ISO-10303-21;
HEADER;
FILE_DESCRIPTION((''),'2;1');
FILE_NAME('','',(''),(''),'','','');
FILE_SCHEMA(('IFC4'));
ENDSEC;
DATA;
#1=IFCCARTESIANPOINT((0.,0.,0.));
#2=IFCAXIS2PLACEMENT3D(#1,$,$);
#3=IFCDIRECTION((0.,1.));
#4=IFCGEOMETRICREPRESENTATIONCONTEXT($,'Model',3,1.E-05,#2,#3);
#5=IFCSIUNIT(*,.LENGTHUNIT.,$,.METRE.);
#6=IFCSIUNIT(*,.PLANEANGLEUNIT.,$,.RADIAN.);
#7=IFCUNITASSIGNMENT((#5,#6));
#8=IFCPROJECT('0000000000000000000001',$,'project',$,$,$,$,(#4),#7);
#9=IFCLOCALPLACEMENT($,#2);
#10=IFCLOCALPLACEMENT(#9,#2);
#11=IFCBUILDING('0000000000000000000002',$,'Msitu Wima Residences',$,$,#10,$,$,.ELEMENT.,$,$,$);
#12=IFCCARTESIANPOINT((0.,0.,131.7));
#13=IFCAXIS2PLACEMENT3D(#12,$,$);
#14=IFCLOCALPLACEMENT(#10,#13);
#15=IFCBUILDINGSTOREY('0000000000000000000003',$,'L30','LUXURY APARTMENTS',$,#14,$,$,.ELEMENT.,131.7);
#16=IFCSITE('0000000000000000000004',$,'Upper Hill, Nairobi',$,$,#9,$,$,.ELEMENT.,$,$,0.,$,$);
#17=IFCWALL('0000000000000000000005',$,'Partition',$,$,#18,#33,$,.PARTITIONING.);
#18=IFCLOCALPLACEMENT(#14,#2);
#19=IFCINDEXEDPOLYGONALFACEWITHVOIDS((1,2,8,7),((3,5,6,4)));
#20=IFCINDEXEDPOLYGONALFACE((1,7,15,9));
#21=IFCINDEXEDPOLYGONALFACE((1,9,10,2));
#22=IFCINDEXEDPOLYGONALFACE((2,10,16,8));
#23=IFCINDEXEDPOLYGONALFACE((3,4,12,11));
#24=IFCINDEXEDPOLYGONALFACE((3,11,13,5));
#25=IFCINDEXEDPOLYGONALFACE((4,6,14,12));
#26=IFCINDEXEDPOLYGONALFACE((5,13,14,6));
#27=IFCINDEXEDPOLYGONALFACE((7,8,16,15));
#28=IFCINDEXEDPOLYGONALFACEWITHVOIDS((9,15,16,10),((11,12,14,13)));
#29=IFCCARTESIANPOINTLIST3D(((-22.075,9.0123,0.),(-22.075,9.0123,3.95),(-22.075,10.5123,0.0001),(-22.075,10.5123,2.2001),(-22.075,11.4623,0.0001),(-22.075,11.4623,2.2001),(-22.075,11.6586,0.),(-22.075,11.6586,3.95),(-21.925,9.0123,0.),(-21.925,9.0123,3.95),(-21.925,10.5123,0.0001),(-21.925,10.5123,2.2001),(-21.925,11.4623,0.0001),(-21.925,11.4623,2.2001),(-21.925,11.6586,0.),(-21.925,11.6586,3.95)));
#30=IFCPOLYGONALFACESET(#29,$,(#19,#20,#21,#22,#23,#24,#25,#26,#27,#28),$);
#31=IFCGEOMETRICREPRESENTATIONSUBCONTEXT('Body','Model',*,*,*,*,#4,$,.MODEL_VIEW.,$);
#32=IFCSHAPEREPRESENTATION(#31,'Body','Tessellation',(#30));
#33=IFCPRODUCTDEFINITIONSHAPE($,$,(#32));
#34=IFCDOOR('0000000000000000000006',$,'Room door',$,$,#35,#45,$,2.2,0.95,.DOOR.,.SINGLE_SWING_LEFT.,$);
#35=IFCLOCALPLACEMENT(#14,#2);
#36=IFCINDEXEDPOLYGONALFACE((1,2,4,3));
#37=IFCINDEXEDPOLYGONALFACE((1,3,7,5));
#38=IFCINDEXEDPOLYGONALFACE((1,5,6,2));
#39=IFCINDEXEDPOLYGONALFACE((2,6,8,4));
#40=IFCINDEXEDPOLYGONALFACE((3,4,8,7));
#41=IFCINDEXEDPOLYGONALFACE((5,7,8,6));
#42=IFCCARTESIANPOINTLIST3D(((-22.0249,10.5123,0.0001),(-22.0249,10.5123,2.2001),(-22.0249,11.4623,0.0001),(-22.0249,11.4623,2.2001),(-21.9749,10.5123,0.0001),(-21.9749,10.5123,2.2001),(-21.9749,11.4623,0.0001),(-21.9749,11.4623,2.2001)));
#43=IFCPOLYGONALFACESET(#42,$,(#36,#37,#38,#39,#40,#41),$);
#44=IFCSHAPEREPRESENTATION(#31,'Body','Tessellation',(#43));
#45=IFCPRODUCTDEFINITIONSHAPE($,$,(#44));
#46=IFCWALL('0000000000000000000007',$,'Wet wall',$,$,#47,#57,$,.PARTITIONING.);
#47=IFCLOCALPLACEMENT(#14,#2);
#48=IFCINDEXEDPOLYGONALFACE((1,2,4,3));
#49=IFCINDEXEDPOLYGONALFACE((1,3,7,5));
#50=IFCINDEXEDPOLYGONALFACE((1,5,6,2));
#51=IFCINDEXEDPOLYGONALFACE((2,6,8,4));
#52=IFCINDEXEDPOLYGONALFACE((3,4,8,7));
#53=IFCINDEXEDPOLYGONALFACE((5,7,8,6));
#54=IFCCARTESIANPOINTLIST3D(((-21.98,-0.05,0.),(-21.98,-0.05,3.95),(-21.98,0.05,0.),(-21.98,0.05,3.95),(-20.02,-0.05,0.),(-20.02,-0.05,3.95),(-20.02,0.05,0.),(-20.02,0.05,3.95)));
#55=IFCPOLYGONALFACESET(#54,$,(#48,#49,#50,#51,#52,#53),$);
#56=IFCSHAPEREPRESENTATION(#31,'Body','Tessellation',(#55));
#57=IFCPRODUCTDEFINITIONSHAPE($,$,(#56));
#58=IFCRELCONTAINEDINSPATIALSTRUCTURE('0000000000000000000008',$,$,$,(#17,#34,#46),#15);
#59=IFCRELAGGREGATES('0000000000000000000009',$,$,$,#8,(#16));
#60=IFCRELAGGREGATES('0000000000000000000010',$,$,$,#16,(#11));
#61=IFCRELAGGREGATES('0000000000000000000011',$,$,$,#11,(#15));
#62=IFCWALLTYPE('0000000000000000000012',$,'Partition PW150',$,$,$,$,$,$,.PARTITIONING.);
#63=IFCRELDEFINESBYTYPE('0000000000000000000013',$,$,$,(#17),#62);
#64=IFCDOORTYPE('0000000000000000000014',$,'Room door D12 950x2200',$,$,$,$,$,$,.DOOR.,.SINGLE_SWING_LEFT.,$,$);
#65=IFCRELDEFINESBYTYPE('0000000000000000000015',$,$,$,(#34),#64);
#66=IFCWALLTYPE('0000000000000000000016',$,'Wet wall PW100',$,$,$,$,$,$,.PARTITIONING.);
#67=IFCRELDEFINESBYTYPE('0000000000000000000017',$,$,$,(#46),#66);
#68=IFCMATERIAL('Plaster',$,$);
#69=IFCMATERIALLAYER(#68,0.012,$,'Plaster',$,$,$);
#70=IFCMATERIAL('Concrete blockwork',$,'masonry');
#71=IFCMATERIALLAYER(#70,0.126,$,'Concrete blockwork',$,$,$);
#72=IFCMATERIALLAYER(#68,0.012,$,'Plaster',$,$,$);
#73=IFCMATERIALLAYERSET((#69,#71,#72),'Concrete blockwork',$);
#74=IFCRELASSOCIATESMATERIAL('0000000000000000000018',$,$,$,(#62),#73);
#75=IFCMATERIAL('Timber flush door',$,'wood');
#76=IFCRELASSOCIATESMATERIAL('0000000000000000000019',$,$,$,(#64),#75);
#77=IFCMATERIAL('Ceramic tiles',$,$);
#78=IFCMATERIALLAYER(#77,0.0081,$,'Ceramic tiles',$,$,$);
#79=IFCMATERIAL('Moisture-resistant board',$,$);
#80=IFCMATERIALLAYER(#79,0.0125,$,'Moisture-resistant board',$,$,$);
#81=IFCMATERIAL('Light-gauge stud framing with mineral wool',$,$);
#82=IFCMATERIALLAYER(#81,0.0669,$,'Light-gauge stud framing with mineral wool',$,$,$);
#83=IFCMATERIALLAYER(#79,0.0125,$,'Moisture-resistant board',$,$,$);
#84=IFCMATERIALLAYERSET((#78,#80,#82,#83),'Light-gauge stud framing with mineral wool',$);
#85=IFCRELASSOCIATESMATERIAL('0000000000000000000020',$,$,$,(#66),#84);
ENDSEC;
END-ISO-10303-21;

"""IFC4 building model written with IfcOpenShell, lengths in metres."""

from ifc_helpers import new_model, si_unit, direction, frame, frame_2d, origin, place, context, subcontext, project, spatial, rectangle, extrude, material, layer, layer_set, type_object, element, fill, save


model = new_model("IFC4")

# Units and contexts
model_context = context("Model", 3, precision=1e-05, world=origin(), true_north=direction((0.0, 1.0)))
body_context = subcontext(model_context, "Body", "Model", "MODEL_VIEW")
ifc_project = project(units=[si_unit("LENGTHUNIT", "METRE"), si_unit("PLANEANGLEUNIT", "RADIAN")], contexts=[model_context])

# Site, building, storey
site_placement = place(None, origin())
site = spatial("IfcSite", under=ifc_project, at=site_placement, Name="Upper Hill, Nairobi", CompositionType="ELEMENT", RefElevation=0.0)
building_placement = place(site_placement, origin())
building = spatial("IfcBuilding", under=site, at=building_placement, Name="Msitu Wima Residences", CompositionType="ELEMENT")
storey_placement = place(building_placement, frame((0.0, 0.0, 131.7)))
storey = spatial("IfcBuildingStorey", under=building, at=storey_placement, Name="L30", Description="LUXURY APARTMENTS", CompositionType="ELEMENT", Elevation=131.7)

# Shared definitions
ifc_material_1 = material(Name="Plaster")
ifc_layer_1 = layer(ifc_material_1, 0.012, Name="Plaster")
ifc_material_2 = material(Name="Concrete blockwork", Category="masonry")
ifc_layer_2 = layer(ifc_material_2, 0.126, Name="Concrete blockwork")
ifc_layer_3 = layer(ifc_material_1, 0.012, Name="Plaster")
ifc_layer_set_1 = layer_set([ifc_layer_1, ifc_layer_2, ifc_layer_3], Name="Concrete blockwork")
wall_type_1 = type_object("IfcWallType", Name="Partition PW150", PredefinedType="PARTITIONING", material=ifc_layer_set_1)

# Wall, opening, door
wall_1_placement = place(storey_placement, frame((-22.0, 9.0122, 0.0), z_axis=(0.0, 0.0, 1.0), x_axis=(0.0, 1.0, 0.0)))
wall_1 = element("IfcWall", 1, at=wall_1_placement, inside=storey, type_object=wall_type_1, Name="Partition", PredefinedType="PARTITIONING", context=body_context, shape_type="SweptSolid", body=[
    extrude(rectangle(XDim=2.6462, YDim=0.1499, at=frame_2d((1.3232, 0.0))), origin(), (0.0, 0.0, 1.0), 3.95),
])
opening_1_placement = place(wall_1_placement, frame((1.5, 0.0, 0.0)))
opening_1 = element("IfcOpeningElement", 2, at=opening_1_placement, cuts=wall_1, PredefinedType="OPENING", context=body_context, shape_type="SweptSolid", body=[
    extrude(rectangle(XDim=0.95, YDim=2.2, at=frame_2d((0.4751, 1.1001))), frame((0.0, 0.085, 0.0), z_axis=(0.0, -1.0, 0.0), x_axis=(1.0, 0.0, 0.0)), (0.0, 0.0, 1.0), 0.1699),
])
ifc_material_3 = material(Name="Timber flush door", Category="wood")
door_type_1 = type_object("IfcDoorType", Name="Room door D12 950x2200", OperationType="SINGLE_SWING_LEFT", PredefinedType="DOOR", material=ifc_material_3)
door_1_placement = place(opening_1_placement, origin())
door_1 = element("IfcDoor", 3, at=door_1_placement, inside=storey, type_object=door_type_1, Name="Room door", OperationType="SINGLE_SWING_LEFT", OverallHeight=2.2, OverallWidth=0.95, PredefinedType="DOOR", context=body_context, shape_type="SweptSolid", body=[
    extrude(rectangle(XDim=0.95, YDim=2.2, at=frame_2d((0.4751, 1.1001))), frame((0.0, 0.0249, 0.0), z_axis=(0.0, -1.0, 0.0), x_axis=(1.0, 0.0, 0.0)), (0.0, 0.0, 1.0), 0.05),
])
fill(opening_1, door_1)

# Wall
ifc_material_4 = material(Name="Ceramic tiles")
ifc_layer_4 = layer(ifc_material_4, 0.0081, Name="Ceramic tiles")
ifc_material_5 = material(Name="Moisture-resistant board")
ifc_layer_5 = layer(ifc_material_5, 0.0125, Name="Moisture-resistant board")
ifc_material_6 = material(Name="Light-gauge stud framing with mineral wool")
ifc_layer_6 = layer(ifc_material_6, 0.0669, Name="Light-gauge stud framing with mineral wool")
ifc_layer_7 = layer(ifc_material_5, 0.0125, Name="Moisture-resistant board")
ifc_layer_set_2 = layer_set([ifc_layer_4, ifc_layer_5, ifc_layer_6, ifc_layer_7], Name="Light-gauge stud framing with mineral wool")
wall_type_2 = type_object("IfcWallType", Name="Wet wall PW100", PredefinedType="PARTITIONING", material=ifc_layer_set_2)
wall_2_placement = place(storey_placement, frame((-21.98, 0.0, 0.0), z_axis=(0.0, 0.0, 1.0), x_axis=(1.0, 0.0, 0.0)))
element("IfcWall", 4, at=wall_2_placement, inside=storey, type_object=wall_type_2, Name="Wet wall", PredefinedType="PARTITIONING", context=body_context, shape_type="SweptSolid", body=[
    extrude(rectangle(XDim=1.96, YDim=0.1001, at=frame_2d((0.98, 0.0))), origin(), (0.0, 0.0, 1.0), 3.95),
])

save(model, "model.ifc")
